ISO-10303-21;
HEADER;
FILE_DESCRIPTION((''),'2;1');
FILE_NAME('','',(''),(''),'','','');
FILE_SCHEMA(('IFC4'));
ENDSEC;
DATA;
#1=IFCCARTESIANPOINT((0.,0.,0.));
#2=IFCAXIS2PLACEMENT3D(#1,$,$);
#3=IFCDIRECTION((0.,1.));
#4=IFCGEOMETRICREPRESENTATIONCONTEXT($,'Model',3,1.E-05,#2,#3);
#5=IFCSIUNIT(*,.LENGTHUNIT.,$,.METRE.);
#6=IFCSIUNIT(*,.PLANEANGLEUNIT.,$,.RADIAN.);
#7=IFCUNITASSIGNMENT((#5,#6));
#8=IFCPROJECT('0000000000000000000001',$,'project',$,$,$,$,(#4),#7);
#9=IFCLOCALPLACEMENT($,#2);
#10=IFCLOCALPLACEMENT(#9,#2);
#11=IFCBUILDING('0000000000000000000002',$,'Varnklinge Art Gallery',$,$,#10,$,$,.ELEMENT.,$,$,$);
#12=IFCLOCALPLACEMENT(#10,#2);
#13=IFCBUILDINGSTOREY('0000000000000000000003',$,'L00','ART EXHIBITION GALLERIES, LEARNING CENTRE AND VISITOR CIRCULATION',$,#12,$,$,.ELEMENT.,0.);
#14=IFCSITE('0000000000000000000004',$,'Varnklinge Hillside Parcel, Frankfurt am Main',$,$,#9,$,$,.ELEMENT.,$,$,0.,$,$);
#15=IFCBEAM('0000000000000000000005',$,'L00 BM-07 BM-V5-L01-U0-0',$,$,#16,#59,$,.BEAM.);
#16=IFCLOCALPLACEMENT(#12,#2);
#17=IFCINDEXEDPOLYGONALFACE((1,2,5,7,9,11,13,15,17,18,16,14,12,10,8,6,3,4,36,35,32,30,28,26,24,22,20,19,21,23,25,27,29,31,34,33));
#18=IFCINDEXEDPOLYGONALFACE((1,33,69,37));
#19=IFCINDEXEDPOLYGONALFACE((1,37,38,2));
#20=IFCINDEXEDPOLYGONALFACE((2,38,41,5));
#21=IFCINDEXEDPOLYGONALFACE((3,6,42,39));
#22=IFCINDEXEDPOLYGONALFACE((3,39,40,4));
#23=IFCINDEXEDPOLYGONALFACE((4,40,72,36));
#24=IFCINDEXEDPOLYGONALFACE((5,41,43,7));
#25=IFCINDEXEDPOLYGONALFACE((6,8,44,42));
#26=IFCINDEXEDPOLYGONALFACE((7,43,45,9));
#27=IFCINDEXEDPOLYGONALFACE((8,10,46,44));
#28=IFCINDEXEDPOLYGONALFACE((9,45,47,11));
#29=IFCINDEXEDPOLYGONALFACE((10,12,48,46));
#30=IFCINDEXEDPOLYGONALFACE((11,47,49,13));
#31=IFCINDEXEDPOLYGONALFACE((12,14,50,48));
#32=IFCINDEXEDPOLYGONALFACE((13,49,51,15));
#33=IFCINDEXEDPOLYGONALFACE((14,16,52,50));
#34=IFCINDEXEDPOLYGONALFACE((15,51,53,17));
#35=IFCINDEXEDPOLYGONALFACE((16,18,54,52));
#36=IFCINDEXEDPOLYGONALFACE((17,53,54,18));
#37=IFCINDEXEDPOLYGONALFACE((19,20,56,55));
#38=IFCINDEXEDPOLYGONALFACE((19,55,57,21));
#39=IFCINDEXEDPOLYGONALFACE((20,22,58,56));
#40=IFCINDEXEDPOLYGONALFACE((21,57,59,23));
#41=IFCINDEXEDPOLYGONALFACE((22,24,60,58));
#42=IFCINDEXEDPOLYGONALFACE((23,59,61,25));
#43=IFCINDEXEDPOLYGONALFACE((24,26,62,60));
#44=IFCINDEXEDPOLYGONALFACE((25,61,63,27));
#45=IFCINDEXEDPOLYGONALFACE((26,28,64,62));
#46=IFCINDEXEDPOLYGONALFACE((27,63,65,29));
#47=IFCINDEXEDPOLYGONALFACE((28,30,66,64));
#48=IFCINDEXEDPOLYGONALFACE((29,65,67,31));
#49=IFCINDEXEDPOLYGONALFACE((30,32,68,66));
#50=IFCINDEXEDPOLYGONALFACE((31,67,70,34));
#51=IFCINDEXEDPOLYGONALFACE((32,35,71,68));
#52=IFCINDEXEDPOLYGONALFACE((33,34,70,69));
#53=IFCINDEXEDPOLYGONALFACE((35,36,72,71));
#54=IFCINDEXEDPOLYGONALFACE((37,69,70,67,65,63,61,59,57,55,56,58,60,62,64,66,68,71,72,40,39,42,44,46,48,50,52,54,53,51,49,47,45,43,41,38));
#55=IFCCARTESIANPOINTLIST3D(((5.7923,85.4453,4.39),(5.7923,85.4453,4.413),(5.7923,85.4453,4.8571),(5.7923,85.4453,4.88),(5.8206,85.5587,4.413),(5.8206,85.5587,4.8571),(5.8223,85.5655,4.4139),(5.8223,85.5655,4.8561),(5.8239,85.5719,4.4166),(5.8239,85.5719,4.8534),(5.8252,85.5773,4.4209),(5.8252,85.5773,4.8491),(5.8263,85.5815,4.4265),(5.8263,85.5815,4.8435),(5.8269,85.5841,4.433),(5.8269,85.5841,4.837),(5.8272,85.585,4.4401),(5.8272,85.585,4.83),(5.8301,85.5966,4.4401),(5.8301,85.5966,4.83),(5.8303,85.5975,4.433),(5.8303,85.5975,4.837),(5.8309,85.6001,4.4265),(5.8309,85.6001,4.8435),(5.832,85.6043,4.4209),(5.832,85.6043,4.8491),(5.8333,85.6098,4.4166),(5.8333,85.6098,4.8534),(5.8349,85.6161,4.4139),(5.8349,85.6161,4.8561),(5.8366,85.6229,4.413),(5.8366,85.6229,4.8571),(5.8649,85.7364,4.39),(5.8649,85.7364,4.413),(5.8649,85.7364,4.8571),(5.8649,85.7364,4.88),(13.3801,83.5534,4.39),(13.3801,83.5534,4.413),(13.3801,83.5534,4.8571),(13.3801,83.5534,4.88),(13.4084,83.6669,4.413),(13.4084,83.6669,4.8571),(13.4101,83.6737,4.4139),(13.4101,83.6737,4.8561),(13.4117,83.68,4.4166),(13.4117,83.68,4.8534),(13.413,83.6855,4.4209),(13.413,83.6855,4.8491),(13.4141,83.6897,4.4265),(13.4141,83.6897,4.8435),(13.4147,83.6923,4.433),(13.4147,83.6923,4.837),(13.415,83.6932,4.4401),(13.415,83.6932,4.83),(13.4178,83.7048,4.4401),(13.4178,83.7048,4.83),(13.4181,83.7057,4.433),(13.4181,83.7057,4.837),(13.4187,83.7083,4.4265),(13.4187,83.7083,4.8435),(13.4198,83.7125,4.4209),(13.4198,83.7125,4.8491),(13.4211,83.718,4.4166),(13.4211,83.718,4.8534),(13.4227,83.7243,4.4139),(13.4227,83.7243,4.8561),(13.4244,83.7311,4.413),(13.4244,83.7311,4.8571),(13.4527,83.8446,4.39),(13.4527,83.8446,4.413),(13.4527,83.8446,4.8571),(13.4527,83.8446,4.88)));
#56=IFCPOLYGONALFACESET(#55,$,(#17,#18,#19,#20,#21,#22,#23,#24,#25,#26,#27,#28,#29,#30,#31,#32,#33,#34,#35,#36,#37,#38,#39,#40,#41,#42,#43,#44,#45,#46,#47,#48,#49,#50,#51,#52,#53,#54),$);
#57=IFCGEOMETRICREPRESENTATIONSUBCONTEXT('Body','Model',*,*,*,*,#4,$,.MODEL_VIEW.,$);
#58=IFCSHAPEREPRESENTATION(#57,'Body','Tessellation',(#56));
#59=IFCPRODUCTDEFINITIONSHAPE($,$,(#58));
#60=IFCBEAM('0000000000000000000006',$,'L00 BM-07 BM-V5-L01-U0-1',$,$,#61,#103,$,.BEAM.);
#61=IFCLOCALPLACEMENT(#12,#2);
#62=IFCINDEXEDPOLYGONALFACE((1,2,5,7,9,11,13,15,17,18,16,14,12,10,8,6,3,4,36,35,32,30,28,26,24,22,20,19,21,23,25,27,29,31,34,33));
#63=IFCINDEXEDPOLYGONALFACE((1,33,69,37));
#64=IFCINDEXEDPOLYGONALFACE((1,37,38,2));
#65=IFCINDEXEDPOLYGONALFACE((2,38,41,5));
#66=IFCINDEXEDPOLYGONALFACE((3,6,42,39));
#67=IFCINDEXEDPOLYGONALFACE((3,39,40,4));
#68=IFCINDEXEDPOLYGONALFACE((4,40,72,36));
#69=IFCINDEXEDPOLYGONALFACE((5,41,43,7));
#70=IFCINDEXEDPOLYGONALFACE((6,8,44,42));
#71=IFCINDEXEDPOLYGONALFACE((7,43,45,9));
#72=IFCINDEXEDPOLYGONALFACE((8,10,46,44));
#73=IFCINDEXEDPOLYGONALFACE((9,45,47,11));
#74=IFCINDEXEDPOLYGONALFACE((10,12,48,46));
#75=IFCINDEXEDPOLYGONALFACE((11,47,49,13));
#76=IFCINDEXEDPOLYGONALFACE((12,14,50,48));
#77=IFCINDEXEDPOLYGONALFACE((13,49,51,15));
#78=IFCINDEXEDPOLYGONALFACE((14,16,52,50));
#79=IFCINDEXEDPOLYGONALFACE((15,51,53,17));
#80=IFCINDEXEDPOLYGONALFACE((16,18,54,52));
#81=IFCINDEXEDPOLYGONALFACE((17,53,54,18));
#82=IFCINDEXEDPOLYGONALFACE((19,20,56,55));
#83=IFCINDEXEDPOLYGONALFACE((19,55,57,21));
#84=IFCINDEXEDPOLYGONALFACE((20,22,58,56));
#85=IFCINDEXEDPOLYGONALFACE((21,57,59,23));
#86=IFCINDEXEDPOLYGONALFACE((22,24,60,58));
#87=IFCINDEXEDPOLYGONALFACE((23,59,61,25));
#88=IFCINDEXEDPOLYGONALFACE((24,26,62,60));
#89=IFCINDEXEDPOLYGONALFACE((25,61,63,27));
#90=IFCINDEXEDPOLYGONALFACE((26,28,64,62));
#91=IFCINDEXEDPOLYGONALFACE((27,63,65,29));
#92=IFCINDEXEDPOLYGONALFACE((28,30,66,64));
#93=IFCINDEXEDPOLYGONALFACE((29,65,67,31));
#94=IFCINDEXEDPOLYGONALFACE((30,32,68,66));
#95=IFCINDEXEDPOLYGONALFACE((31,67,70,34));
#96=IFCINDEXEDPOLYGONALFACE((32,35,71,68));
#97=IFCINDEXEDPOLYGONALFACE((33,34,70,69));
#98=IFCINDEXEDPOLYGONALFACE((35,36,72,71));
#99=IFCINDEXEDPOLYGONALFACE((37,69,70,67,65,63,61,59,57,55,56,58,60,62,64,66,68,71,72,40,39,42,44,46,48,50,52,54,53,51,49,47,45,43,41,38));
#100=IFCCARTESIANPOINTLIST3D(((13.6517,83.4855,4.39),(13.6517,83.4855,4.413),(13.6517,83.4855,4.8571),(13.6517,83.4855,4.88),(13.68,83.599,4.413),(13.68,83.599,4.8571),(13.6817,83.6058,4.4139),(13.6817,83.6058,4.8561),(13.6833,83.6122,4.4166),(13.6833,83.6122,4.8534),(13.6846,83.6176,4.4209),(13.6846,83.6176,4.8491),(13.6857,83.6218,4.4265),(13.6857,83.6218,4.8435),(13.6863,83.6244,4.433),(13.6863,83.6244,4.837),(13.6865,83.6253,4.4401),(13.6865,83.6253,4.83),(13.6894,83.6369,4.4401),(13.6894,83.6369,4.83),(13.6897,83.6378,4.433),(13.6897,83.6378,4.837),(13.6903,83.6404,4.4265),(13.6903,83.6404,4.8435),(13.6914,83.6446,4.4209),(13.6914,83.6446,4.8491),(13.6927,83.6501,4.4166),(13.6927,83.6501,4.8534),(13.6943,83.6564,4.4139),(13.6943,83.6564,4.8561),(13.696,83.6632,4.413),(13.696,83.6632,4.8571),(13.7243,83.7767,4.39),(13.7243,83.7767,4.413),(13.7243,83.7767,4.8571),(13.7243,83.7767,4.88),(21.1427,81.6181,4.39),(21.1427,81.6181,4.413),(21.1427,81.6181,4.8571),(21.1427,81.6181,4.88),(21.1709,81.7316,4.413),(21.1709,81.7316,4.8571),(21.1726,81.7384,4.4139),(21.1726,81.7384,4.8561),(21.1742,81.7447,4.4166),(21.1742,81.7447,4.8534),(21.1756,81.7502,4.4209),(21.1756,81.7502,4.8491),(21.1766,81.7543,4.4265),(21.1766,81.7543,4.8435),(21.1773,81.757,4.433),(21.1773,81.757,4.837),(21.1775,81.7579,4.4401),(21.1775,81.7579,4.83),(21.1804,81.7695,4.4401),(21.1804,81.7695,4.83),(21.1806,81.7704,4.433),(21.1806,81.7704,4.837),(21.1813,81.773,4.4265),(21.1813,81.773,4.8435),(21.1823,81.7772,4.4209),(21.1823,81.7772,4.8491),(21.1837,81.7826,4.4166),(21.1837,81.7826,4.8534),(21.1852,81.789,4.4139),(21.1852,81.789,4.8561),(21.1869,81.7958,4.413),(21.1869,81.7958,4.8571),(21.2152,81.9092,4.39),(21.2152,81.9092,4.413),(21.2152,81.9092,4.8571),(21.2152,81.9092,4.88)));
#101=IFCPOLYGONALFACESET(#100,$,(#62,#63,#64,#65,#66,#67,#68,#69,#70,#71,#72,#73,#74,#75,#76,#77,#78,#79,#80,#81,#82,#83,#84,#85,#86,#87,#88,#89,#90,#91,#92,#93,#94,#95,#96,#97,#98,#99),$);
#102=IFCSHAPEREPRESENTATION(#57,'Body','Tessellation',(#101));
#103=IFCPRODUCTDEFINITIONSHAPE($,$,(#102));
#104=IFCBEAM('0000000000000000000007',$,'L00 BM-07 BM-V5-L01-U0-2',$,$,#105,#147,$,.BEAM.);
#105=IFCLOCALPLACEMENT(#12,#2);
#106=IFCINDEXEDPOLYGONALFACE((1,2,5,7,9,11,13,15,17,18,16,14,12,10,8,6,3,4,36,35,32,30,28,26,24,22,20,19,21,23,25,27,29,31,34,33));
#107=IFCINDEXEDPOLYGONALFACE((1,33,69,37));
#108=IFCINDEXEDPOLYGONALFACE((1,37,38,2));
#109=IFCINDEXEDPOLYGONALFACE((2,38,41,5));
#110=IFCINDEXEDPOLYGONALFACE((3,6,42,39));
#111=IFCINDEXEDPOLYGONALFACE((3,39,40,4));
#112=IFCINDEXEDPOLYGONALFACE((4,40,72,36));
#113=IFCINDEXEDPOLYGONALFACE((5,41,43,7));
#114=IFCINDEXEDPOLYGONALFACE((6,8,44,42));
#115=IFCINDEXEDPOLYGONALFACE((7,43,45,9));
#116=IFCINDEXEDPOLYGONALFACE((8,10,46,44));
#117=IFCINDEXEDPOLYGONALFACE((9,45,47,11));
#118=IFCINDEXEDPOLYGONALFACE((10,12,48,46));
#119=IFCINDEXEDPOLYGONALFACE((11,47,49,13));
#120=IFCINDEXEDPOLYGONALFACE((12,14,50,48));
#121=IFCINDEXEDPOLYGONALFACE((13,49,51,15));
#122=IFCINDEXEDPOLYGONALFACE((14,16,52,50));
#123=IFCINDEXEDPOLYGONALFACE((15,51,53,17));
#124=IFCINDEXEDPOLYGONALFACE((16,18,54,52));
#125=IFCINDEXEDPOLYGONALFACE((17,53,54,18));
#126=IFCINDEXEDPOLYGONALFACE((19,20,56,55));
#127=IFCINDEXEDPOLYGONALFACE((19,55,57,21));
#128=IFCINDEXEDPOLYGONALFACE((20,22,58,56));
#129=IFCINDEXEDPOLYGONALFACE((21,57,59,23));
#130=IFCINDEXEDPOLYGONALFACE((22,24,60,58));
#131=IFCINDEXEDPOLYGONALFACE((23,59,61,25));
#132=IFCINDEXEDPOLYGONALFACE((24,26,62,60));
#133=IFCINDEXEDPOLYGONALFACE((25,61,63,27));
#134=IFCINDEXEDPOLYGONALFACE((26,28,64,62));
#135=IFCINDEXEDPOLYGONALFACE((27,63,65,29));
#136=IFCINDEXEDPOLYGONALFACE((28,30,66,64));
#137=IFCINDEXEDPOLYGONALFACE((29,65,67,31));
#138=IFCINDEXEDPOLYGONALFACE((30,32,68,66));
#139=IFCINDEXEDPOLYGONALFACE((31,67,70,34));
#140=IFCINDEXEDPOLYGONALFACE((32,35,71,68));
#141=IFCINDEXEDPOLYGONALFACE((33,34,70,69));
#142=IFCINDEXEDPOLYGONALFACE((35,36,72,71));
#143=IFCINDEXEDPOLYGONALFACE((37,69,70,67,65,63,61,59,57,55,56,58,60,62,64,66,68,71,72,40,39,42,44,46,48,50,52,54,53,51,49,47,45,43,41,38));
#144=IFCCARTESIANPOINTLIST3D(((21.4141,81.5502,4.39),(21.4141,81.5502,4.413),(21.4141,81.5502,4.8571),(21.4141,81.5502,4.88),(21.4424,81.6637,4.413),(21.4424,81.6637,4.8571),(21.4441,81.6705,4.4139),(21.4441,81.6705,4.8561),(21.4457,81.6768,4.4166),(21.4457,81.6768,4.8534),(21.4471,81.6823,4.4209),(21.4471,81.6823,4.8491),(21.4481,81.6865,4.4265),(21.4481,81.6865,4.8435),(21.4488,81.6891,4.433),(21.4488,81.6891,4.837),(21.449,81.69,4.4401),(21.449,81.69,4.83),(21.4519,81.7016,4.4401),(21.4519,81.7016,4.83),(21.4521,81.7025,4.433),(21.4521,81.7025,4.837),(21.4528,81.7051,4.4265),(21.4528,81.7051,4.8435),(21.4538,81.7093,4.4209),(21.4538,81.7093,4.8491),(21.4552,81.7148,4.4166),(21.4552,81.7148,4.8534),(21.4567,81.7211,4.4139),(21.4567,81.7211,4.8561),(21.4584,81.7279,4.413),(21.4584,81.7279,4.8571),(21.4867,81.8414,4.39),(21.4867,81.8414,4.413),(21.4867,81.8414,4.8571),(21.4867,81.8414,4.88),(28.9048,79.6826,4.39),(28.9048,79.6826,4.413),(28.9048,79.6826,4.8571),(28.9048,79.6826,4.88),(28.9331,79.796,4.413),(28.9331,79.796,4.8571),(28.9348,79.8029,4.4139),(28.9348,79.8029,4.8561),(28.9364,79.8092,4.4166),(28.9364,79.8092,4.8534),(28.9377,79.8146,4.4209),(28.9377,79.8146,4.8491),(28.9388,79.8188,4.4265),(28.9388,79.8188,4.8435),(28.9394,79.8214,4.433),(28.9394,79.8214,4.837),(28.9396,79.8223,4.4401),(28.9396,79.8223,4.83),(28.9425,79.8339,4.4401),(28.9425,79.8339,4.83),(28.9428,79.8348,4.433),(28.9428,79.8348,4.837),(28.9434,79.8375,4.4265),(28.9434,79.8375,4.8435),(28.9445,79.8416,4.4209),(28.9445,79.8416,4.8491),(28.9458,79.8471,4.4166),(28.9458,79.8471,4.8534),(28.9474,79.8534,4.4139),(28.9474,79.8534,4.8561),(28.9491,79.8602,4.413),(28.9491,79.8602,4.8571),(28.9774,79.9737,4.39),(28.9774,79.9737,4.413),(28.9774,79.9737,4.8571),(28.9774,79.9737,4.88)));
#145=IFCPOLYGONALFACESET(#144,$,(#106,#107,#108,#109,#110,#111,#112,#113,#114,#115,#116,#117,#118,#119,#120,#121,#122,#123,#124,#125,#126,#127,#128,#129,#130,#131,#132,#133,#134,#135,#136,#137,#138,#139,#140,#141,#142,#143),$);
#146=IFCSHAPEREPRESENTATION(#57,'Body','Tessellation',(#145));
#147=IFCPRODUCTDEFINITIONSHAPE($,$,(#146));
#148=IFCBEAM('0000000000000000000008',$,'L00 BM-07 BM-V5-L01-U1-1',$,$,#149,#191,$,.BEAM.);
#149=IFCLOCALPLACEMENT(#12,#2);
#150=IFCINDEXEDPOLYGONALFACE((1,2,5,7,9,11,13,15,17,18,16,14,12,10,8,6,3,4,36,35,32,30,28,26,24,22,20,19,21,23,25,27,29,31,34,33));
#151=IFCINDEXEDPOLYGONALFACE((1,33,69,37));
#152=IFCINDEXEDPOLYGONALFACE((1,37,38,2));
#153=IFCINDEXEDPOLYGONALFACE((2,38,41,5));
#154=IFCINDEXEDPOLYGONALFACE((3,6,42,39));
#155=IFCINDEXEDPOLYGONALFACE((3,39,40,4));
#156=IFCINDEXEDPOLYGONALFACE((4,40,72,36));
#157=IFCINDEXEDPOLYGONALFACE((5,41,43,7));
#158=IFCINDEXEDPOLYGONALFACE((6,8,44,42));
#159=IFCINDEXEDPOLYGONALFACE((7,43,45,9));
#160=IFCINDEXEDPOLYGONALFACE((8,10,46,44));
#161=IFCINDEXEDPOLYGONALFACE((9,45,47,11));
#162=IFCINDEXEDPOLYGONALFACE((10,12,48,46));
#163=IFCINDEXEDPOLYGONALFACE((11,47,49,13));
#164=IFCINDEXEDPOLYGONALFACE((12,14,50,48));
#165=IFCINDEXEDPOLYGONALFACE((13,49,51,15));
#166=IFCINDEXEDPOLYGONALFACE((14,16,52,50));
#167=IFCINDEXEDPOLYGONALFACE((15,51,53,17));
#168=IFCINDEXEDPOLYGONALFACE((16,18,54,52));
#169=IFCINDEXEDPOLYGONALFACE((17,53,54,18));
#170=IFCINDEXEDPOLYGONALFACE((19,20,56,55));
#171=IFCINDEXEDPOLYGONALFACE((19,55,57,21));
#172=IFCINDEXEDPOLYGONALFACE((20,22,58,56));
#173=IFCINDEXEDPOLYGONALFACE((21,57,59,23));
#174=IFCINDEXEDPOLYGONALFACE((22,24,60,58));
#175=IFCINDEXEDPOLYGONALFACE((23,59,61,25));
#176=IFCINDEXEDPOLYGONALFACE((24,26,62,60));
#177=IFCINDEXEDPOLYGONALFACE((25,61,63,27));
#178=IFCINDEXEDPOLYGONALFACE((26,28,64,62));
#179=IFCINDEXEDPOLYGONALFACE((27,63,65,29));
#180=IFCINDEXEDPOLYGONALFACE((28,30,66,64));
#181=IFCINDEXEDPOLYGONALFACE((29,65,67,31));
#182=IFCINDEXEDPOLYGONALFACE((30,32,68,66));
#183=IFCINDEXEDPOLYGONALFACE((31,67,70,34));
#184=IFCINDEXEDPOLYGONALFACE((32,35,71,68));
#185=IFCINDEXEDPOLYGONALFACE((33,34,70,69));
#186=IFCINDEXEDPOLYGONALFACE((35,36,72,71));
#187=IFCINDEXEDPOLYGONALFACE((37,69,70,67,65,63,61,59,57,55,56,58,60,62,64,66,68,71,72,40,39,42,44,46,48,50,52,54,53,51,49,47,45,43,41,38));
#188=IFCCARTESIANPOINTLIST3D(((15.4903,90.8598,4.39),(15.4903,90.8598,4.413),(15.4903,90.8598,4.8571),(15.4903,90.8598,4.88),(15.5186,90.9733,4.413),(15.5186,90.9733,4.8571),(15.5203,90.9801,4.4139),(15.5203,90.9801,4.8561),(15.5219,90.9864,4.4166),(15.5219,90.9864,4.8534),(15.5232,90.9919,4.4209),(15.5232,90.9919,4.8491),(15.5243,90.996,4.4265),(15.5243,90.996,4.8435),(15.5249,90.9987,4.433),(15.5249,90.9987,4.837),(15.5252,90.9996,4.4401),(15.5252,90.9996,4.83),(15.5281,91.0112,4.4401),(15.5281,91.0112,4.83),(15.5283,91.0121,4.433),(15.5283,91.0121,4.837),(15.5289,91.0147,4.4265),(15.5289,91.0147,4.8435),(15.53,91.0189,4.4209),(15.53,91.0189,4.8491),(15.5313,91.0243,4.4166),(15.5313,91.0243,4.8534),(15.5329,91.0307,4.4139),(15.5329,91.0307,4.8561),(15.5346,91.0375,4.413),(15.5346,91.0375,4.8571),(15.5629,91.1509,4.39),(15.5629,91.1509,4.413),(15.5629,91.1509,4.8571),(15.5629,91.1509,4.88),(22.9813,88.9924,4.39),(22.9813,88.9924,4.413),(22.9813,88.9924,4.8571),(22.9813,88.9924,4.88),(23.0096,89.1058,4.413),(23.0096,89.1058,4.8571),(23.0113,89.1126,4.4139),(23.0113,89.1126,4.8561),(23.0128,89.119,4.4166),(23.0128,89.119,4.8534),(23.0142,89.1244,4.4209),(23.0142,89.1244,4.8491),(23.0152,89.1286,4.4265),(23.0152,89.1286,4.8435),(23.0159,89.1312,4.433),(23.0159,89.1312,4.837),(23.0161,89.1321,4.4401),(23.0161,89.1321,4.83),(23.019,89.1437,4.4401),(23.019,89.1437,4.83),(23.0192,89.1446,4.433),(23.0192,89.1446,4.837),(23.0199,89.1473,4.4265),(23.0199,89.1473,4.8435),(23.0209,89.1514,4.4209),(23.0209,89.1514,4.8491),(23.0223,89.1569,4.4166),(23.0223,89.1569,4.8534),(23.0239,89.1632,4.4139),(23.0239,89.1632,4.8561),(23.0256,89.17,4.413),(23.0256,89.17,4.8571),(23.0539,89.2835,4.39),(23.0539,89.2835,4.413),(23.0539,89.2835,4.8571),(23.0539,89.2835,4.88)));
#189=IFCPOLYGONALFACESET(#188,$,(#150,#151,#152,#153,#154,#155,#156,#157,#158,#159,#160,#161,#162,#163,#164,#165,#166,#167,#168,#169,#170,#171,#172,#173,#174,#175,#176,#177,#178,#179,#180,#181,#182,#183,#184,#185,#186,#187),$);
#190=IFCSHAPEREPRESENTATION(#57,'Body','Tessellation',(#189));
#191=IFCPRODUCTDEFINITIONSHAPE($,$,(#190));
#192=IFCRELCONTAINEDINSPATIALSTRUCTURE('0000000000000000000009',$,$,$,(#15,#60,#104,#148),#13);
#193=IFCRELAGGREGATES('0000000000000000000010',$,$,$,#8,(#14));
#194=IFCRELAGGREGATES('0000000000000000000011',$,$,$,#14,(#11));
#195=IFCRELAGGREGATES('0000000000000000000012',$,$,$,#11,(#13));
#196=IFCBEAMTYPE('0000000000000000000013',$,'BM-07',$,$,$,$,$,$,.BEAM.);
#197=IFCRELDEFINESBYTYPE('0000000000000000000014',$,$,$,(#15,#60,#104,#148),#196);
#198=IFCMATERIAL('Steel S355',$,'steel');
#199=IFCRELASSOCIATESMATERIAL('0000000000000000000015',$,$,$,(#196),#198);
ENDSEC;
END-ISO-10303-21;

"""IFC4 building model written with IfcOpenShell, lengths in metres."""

from ifc_helpers import new_model, si_unit, direction, frame, origin, origin_2d, place, context, subcontext, project, spatial, i_section, extrude, material, material_profile, profile_set, type_object, element, save


model = new_model("IFC4")

# Units and contexts
model_context = context("Model", 3, precision=1e-05, world=origin(), true_north=direction((0.0, 1.0)))
body_context = subcontext(model_context, "Body", "Model", "MODEL_VIEW")
ifc_project = project(units=[si_unit("LENGTHUNIT", "METRE"), si_unit("PLANEANGLEUNIT", "RADIAN")], contexts=[model_context])

# Site, building, storey
site_placement = place(None, origin())
site = spatial("IfcSite", under=ifc_project, at=site_placement, Name="Varnklinge Hillside Parcel, Frankfurt am Main", CompositionType="ELEMENT", RefElevation=0.0)
building_placement = place(site_placement, origin())
building = spatial("IfcBuilding", under=site, at=building_placement, Name="Varnklinge Art Gallery", CompositionType="ELEMENT")
storey_placement = place(building_placement, origin())
storey = spatial("IfcBuildingStorey", under=building, at=storey_placement, Name="L00", Description="ART EXHIBITION GALLERIES, LEARNING CENTRE AND VISITOR CIRCULATION", CompositionType="ELEMENT", Elevation=0.0)

# Beams
ifc_material_1 = material(Name="Steel S355", Category="steel")
ifc_material_profile_1 = material_profile(ifc_material_1, i_section(OverallWidth=0.3, OverallDepth=0.49, WebThickness=0.012, FlangeThickness=0.0229, FilletRadius=0.0271, at=origin_2d()), Name="HEA 500")
ifc_profile_set_1 = profile_set([ifc_material_profile_1], Name="Steel S355")
beam_type_1 = type_object("IfcBeamType", Name="BM-07", PredefinedType="BEAM", material=ifc_profile_set_1)
beam_1_placement = place(storey_placement, frame((5.8286, 85.5908, 4.635), z_axis=(0.970297, -0.241919, 0.0), x_axis=(0.241919, 0.970297, 0.0)))
element("IfcBeam", 1, at=beam_1_placement, inside=storey, type_object=beam_type_1, Name="L00 BM-07 BM-V5-L01-U0-0", PredefinedType="BEAM", context=body_context, shape_type="SweptSolid", body=[
    extrude(i_section(OverallWidth=0.3, OverallDepth=0.49, WebThickness=0.012, FlangeThickness=0.0229, FilletRadius=0.0271, at=origin_2d()), origin(), (0.0, 0.0, 1.0), 7.8201),
])
beam_2_placement = place(storey_placement, frame((13.688, 83.6311, 4.635), z_axis=(0.970304, -0.241888, 0.0), x_axis=(0.241888, 0.970304, 0.0)))
element("IfcBeam", 2, at=beam_2_placement, inside=storey, type_object=beam_type_1, Name="L00 BM-07 BM-V5-L01-U0-1", PredefinedType="BEAM", context=body_context, shape_type="SweptSolid", body=[
    extrude(i_section(OverallWidth=0.3, OverallDepth=0.49, WebThickness=0.012, FlangeThickness=0.0229, FilletRadius=0.0271, at=origin_2d()), origin(), (0.0, 0.0, 1.0), 7.7202),
])
beam_3_placement = place(storey_placement, frame((21.4504, 81.6958, 4.635), z_axis=(0.970295, -0.241925, 0.0), x_axis=(0.241925, 0.970295, 0.0)))
element("IfcBeam", 3, at=beam_3_placement, inside=storey, type_object=beam_type_1, Name="L00 BM-07 BM-V5-L01-U0-2", PredefinedType="BEAM", context=body_context, shape_type="SweptSolid", body=[
    extrude(i_section(OverallWidth=0.3, OverallDepth=0.49, WebThickness=0.012, FlangeThickness=0.0229, FilletRadius=0.0271, at=origin_2d()), origin(), (0.0, 0.0, 1.0), 7.72),
])
beam_4_placement = place(storey_placement, frame((15.5266, 91.0054, 4.635), z_axis=(0.970304, -0.241888, 0.0), x_axis=(0.241888, 0.970304, 0.0)))
element("IfcBeam", 4, at=beam_4_placement, inside=storey, type_object=beam_type_1, Name="L00 BM-07 BM-V5-L01-U1-1", PredefinedType="BEAM", context=body_context, shape_type="SweptSolid", body=[
    extrude(i_section(OverallWidth=0.3, OverallDepth=0.49, WebThickness=0.012, FlangeThickness=0.0229, FilletRadius=0.0271, at=origin_2d()), origin(), (0.0, 0.0, 1.0), 7.7202),
])

save(model, "model.ifc")
